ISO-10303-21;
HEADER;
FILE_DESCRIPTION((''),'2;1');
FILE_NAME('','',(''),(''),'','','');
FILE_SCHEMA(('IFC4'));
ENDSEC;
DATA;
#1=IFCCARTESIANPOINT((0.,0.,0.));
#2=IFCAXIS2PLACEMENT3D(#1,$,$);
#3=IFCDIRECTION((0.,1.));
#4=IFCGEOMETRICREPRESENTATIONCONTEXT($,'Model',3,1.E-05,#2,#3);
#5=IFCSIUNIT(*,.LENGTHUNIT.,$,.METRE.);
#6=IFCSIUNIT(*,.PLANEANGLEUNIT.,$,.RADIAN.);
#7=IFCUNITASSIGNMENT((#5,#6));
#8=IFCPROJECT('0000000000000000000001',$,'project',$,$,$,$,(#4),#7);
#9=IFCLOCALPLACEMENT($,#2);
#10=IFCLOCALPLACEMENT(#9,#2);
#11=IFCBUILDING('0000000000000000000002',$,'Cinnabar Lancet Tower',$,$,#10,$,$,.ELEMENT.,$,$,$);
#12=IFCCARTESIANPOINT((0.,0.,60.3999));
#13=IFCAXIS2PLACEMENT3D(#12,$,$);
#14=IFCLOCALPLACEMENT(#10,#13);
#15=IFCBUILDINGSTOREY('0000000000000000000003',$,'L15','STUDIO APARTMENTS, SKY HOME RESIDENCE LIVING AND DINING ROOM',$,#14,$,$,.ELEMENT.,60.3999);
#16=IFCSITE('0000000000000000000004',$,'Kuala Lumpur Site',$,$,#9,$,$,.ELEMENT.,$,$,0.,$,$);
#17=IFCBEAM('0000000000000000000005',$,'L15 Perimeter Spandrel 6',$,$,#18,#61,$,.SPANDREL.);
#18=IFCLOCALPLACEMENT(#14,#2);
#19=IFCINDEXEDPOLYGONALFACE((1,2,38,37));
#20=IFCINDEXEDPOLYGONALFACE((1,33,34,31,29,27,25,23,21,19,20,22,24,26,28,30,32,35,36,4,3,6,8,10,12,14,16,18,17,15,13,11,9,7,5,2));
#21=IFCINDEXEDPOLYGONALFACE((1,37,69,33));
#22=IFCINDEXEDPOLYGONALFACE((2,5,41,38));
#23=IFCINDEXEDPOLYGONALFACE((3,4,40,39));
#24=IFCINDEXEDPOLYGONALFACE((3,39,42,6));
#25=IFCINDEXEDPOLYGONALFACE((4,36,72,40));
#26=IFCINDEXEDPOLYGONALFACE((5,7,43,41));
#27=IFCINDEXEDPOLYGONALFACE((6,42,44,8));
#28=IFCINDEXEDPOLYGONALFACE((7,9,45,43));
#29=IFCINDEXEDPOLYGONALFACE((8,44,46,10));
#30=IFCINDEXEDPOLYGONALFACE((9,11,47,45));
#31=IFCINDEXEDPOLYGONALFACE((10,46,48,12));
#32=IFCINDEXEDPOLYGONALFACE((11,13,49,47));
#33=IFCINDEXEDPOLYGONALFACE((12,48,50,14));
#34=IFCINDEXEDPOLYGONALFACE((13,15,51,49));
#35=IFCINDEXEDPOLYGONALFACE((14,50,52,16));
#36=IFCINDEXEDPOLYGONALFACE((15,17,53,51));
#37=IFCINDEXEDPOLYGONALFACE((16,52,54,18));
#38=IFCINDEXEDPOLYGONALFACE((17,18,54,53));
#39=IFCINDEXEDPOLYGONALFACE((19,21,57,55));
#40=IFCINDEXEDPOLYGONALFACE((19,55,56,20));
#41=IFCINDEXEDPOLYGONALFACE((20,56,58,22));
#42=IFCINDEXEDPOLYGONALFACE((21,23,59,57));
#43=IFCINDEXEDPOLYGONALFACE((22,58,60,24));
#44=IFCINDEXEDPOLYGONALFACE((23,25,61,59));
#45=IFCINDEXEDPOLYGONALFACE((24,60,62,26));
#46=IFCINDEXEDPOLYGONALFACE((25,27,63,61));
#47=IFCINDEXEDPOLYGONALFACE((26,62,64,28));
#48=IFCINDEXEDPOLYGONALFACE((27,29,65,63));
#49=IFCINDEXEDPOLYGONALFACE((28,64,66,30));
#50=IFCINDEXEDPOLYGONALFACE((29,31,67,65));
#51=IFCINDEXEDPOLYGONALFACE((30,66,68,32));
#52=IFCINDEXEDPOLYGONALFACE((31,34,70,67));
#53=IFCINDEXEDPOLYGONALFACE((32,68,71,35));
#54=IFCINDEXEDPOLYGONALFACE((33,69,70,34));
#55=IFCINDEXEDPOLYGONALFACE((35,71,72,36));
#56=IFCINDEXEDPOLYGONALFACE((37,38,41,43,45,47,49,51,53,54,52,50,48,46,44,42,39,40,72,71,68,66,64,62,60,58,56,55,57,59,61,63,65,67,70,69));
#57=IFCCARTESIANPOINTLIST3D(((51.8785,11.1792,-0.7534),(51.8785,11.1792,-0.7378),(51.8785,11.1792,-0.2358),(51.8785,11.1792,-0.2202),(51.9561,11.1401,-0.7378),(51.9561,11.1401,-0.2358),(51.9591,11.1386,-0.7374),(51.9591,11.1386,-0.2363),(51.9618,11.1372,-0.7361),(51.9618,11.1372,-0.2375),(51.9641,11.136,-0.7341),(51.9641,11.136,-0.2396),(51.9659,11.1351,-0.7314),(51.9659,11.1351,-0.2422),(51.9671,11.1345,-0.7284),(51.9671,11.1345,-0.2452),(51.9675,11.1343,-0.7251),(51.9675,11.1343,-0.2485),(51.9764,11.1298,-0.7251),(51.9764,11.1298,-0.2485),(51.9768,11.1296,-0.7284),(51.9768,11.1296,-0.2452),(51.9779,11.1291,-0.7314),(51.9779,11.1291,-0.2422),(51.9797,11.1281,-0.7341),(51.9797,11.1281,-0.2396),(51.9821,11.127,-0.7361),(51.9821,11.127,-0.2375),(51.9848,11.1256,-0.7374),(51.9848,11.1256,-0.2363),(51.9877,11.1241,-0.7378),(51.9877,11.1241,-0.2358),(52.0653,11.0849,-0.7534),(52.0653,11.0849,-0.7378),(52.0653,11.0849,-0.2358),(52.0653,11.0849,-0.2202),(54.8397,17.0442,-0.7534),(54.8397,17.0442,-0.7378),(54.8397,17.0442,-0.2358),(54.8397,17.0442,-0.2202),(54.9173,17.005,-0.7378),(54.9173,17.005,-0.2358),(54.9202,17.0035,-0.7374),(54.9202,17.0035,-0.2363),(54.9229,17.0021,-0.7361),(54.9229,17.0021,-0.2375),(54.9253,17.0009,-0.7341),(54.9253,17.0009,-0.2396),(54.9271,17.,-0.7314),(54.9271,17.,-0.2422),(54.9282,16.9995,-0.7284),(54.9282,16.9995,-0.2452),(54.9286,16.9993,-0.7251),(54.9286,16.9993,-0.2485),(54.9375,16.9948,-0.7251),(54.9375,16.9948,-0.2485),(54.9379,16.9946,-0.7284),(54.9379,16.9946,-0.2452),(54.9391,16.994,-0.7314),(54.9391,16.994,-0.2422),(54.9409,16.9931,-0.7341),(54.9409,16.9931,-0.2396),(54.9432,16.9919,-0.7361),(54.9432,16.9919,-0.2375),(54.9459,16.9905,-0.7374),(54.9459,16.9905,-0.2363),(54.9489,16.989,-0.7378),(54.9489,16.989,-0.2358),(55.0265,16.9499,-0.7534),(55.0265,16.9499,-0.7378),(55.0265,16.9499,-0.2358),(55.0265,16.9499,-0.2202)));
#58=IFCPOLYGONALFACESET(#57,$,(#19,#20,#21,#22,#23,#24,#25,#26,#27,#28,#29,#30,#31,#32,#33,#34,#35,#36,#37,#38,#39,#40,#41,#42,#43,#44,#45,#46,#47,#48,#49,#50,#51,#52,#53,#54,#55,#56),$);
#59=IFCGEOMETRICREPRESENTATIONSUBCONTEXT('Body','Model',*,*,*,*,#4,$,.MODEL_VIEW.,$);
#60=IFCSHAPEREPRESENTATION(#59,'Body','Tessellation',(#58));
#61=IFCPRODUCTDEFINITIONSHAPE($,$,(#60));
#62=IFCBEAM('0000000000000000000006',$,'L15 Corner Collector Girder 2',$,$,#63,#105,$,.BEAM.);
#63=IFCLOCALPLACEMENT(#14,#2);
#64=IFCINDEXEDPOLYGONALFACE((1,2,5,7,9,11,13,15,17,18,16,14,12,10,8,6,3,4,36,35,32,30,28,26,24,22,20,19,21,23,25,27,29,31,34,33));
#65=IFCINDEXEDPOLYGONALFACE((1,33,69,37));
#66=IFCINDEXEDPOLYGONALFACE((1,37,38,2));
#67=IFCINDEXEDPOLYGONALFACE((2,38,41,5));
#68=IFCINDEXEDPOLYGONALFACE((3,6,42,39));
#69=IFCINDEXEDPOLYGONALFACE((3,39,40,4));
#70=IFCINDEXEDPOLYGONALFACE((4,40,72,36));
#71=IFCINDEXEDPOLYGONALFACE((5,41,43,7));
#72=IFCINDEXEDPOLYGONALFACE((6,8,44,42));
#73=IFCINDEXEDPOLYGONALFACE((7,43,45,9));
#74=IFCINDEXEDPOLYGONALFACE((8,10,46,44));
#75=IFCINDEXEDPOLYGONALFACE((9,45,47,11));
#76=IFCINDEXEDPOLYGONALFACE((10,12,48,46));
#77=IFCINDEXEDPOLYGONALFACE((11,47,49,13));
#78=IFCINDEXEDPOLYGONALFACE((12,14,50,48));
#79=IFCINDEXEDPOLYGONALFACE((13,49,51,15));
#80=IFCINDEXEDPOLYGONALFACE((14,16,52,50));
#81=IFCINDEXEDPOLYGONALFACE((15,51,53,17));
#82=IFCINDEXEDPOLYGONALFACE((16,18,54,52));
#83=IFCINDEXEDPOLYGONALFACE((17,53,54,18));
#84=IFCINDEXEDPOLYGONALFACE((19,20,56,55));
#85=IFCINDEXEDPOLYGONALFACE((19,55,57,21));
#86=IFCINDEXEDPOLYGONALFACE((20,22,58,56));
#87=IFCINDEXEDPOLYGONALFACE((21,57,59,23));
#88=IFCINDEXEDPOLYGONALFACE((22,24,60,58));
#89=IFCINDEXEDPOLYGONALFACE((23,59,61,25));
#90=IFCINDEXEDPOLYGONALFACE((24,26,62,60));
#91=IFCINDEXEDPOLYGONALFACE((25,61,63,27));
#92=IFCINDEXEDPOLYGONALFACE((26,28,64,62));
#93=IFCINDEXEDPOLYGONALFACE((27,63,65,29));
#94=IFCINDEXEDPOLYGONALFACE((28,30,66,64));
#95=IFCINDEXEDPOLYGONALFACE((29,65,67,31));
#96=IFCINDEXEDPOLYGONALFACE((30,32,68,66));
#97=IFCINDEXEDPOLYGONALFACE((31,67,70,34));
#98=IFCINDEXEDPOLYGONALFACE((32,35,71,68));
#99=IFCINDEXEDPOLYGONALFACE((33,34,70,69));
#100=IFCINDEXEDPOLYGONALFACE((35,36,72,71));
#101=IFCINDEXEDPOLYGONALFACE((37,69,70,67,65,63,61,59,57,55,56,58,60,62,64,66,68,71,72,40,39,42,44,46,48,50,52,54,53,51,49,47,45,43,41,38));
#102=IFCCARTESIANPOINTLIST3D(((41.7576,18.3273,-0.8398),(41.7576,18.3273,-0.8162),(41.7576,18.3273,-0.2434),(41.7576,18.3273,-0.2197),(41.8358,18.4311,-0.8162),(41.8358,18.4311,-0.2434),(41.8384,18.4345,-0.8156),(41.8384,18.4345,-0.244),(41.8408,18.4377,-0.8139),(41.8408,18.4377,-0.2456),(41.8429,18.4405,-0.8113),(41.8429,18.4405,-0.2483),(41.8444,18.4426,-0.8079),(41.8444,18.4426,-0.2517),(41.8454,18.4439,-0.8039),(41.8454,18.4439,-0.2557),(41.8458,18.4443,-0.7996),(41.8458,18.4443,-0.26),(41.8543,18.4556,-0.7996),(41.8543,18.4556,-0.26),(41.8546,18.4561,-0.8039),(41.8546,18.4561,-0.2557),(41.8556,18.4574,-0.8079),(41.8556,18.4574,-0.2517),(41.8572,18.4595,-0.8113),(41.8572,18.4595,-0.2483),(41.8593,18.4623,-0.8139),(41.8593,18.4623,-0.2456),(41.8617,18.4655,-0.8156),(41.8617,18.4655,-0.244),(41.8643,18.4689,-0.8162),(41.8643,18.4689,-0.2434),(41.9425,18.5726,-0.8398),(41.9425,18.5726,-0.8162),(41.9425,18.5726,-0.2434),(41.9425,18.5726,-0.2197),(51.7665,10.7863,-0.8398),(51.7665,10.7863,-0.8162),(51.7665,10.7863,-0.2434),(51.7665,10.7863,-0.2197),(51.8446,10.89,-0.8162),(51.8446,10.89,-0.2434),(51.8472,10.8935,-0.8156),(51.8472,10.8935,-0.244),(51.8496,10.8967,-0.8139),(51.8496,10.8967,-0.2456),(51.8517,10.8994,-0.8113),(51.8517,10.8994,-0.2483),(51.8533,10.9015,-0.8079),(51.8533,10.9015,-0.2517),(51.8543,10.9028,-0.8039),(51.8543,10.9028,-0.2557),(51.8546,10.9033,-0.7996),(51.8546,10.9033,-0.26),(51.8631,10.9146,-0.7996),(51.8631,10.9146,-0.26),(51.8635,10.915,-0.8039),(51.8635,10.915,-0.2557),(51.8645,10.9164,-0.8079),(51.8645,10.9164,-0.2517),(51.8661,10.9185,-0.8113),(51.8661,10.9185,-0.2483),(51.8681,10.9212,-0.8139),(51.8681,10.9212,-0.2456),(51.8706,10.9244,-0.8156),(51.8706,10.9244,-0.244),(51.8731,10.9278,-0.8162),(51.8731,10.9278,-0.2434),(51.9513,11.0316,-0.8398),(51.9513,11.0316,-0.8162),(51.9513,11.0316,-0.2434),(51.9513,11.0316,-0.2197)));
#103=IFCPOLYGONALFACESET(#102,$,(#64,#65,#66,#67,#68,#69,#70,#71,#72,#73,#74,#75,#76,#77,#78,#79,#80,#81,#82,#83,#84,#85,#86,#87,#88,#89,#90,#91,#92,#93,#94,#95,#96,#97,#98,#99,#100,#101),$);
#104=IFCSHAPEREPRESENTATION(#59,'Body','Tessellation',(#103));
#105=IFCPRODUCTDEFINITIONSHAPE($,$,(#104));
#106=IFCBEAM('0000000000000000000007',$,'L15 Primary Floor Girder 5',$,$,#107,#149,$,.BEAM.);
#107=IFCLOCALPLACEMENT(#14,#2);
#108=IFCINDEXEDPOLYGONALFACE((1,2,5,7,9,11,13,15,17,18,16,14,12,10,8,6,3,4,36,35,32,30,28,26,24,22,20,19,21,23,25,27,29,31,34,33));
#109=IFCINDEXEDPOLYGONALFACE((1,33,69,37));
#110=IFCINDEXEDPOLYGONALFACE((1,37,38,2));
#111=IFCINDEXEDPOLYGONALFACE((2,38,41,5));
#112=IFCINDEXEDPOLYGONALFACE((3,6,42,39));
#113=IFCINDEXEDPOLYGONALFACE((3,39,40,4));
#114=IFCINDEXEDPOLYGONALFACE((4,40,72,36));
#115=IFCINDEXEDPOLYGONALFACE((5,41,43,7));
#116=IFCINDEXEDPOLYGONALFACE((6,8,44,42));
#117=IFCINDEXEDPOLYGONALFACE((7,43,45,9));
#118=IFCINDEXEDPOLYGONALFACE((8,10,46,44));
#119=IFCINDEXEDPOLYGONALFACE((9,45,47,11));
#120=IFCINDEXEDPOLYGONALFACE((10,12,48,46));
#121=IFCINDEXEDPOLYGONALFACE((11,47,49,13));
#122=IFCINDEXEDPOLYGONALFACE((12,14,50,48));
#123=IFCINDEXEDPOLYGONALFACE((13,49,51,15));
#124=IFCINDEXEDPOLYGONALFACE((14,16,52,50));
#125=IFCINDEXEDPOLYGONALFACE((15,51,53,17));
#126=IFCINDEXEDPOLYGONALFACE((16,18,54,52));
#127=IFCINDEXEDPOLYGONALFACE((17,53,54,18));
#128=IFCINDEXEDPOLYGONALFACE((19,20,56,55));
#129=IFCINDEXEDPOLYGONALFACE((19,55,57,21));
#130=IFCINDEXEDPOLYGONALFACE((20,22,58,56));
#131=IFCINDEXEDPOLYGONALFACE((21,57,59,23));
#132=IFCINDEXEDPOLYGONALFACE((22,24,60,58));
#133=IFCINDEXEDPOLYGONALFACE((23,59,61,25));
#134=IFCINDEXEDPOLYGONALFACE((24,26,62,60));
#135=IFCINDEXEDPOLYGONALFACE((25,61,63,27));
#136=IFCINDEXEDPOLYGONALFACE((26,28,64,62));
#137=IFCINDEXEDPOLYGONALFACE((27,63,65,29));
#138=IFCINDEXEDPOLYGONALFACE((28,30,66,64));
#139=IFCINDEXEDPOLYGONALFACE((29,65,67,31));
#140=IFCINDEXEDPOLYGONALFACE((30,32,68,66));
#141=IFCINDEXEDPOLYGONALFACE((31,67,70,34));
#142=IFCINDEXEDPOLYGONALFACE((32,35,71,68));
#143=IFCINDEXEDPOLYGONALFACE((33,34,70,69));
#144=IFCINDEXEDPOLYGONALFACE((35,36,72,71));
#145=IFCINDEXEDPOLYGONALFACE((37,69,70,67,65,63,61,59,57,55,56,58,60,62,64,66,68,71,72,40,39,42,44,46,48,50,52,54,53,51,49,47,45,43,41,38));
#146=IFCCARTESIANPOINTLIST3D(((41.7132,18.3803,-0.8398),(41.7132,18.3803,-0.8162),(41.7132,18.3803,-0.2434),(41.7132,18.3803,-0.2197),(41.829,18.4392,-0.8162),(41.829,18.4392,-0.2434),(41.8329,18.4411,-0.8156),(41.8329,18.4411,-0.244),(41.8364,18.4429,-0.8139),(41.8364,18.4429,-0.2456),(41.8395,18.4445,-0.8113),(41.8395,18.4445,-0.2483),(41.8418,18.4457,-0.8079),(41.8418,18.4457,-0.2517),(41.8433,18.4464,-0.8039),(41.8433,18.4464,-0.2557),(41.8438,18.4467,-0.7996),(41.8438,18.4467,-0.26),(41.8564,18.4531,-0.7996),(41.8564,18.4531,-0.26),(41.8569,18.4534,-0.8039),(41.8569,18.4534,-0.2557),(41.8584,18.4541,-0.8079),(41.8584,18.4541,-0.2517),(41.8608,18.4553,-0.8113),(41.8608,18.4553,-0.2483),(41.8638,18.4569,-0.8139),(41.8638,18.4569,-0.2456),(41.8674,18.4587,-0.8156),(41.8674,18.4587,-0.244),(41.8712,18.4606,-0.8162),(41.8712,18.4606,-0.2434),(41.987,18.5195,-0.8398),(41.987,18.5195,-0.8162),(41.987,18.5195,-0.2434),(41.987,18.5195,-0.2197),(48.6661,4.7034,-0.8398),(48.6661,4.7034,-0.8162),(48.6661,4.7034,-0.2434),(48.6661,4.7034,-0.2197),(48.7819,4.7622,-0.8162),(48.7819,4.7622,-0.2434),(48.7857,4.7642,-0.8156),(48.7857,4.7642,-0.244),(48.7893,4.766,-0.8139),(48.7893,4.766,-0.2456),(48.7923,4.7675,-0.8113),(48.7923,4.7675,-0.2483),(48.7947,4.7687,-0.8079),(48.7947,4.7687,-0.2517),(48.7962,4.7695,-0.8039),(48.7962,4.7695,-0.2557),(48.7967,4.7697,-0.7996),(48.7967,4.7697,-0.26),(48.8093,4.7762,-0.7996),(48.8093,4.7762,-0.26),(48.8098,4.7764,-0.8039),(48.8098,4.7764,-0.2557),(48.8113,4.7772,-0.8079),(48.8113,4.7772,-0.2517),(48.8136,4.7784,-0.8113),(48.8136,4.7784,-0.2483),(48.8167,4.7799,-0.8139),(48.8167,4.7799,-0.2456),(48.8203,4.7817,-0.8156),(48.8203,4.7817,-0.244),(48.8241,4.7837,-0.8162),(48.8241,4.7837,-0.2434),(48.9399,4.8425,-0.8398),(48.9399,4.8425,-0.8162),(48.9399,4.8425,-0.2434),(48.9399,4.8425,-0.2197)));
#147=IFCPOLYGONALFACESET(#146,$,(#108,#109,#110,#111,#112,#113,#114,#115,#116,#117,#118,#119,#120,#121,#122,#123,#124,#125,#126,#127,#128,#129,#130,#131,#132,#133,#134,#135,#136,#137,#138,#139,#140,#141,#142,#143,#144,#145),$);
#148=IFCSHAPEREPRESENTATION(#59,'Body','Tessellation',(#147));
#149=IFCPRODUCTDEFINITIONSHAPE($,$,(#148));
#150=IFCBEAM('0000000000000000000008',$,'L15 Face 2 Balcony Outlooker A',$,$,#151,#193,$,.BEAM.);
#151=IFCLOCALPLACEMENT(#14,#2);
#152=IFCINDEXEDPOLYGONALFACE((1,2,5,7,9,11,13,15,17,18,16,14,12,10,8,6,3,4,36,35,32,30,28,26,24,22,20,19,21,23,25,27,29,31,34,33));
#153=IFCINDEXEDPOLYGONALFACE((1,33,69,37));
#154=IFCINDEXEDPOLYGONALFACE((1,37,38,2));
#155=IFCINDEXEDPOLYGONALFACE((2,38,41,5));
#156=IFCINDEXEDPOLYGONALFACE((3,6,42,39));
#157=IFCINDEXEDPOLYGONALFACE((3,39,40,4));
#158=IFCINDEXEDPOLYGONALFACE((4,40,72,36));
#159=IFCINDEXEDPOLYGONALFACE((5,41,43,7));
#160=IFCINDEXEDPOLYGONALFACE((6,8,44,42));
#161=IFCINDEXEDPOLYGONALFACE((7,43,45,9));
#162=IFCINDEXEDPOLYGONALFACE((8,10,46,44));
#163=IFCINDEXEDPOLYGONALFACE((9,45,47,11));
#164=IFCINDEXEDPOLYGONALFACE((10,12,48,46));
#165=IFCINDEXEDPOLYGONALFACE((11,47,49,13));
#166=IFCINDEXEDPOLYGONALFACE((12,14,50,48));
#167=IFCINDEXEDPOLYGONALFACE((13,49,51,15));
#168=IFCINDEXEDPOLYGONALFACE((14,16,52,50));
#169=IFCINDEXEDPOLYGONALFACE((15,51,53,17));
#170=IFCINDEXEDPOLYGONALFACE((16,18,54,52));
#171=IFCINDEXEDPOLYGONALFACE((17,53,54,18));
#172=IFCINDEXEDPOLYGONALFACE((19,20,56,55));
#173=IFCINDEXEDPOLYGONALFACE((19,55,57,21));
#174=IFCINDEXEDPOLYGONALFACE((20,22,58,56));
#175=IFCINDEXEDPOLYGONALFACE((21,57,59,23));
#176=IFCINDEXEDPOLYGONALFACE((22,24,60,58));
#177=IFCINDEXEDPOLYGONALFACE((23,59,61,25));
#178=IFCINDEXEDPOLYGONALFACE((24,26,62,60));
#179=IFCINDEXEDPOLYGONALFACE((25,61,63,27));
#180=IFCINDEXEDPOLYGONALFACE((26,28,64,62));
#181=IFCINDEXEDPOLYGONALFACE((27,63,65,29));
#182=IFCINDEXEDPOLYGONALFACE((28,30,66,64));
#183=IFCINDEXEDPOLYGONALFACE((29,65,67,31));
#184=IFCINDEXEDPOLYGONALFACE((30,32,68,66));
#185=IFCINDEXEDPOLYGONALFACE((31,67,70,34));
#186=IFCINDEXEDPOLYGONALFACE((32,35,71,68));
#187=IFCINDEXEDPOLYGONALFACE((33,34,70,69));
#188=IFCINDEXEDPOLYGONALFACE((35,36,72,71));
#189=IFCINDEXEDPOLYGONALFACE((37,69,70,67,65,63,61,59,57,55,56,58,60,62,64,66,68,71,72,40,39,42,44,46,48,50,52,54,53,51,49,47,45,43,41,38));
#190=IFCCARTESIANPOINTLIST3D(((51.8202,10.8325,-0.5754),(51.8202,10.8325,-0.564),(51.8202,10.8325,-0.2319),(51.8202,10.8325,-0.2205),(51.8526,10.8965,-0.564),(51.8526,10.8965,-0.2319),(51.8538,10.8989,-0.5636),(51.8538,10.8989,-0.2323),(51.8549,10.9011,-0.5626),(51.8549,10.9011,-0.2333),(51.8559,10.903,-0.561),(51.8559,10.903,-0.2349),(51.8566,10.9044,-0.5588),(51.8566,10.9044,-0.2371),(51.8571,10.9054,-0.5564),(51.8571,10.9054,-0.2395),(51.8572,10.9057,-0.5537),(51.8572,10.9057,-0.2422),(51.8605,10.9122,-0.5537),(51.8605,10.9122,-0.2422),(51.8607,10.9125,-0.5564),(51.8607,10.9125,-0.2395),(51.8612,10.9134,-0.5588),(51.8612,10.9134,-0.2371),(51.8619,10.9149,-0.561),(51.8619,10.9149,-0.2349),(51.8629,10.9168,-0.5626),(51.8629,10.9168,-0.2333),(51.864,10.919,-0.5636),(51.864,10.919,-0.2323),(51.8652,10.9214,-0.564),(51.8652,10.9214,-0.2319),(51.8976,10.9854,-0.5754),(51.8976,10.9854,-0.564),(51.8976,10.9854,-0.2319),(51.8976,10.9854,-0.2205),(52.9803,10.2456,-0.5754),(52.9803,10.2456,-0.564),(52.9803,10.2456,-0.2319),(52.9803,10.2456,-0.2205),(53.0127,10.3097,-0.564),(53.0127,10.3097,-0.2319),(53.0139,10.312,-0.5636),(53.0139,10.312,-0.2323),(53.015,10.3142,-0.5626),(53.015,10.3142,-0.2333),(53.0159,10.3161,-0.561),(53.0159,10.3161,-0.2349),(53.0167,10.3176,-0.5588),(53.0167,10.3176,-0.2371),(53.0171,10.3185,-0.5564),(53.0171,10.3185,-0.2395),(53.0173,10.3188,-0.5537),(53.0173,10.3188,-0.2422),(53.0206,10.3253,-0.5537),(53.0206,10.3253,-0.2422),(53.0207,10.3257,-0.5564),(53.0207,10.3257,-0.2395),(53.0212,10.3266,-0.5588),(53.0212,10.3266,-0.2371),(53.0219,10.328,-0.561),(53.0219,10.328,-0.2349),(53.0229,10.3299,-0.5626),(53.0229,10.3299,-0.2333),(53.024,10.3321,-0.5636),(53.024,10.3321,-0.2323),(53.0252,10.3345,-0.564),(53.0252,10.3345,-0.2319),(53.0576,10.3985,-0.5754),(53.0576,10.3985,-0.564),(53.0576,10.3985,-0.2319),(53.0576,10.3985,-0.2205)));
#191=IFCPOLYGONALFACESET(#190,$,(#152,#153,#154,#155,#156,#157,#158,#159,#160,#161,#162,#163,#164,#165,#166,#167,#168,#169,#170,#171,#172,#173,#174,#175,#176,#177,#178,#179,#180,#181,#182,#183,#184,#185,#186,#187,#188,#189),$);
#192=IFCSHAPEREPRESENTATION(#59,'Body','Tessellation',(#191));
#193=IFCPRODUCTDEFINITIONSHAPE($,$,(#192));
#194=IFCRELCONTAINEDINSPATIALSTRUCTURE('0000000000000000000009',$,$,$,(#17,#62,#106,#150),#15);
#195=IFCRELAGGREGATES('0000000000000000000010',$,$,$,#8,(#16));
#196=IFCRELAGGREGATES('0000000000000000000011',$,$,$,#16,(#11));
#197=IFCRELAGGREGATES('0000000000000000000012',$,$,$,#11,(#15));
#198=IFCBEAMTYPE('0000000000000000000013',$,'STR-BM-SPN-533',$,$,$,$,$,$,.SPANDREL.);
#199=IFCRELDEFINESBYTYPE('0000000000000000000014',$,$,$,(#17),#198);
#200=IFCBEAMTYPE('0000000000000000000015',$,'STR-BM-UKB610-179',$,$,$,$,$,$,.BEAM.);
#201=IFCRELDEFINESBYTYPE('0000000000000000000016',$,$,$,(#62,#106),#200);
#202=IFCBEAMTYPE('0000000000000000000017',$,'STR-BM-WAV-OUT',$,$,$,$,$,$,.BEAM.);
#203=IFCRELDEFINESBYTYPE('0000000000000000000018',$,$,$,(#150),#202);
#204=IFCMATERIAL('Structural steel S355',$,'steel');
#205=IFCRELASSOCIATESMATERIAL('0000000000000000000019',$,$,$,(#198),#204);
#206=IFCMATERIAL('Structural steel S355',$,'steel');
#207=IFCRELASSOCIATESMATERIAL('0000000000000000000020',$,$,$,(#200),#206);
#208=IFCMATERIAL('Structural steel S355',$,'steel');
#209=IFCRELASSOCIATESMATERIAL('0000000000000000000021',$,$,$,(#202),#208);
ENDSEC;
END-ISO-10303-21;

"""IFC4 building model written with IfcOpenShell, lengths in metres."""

from ifc_helpers import new_model, si_unit, direction, frame, origin, origin_2d, place, context, subcontext, project, spatial, i_section, extrude, material, material_profile, profile_set, type_object, element, save


model = new_model("IFC4")

# Units and contexts
model_context = context("Model", 3, precision=1e-05, world=origin(), true_north=direction((0.0, 1.0)))
body_context = subcontext(model_context, "Body", "Model", "MODEL_VIEW")
ifc_project = project(units=[si_unit("LENGTHUNIT", "METRE"), si_unit("PLANEANGLEUNIT", "RADIAN")], contexts=[model_context])

# Site, building, storey
site_placement = place(None, origin())
site = spatial("IfcSite", under=ifc_project, at=site_placement, Name="Kuala Lumpur Site", CompositionType="ELEMENT", RefElevation=0.0)
building_placement = place(site_placement, origin())
building = spatial("IfcBuilding", under=site, at=building_placement, Name="Cinnabar Lancet Tower", CompositionType="ELEMENT")
storey_placement = place(building_placement, frame((0.0, 0.0, 60.3999)))
storey = spatial("IfcBuildingStorey", under=building, at=storey_placement, Name="L15", Description="STUDIO APARTMENTS, SKY HOME RESIDENCE LIVING AND DINING ROOM", CompositionType="ELEMENT", Elevation=60.3999)

# Beams
ifc_material_1 = material(Name="Structural steel S355", Category="steel")
ifc_material_profile_1 = material_profile(ifc_material_1, i_section(OverallWidth=0.2092, OverallDepth=0.5332, WebThickness=0.01, FlangeThickness=0.0156, FilletRadius=0.0127, at=origin_2d()), Name="UKB 533x210x92")
ifc_profile_set_1 = profile_set([ifc_material_profile_1], Name="Structural steel S355")
beam_type_1 = type_object("IfcBeamType", Name="STR-BM-SPN-533", PredefinedType="SPANDREL", material=ifc_profile_set_1)
beam_1_placement = place(storey_placement, frame((51.9719, 11.1321, -0.4868), z_axis=(0.450703, 0.892674, 0.0), x_axis=(-0.892674, 0.450703, 0.0)))
element("IfcBeam", 1, at=beam_1_placement, inside=storey, type_object=beam_type_1, Name="L15 Perimeter Spandrel 6", PredefinedType="SPANDREL", context=body_context, shape_type="SweptSolid", body=[
    extrude(i_section(OverallWidth=0.2092, OverallDepth=0.5332, WebThickness=0.01, FlangeThickness=0.0156, FilletRadius=0.0127, at=origin_2d()), origin(), (0.0, 0.0, 1.0), 6.5701),
])
ifc_material_2 = material(Name="Structural steel S355", Category="steel")
ifc_material_profile_2 = material_profile(ifc_material_2, i_section(OverallWidth=0.3071, OverallDepth=0.6201, WebThickness=0.0142, FlangeThickness=0.0237, FilletRadius=0.0166, at=origin_2d()), Name="UKB 610x305x179")
ifc_profile_set_2 = profile_set([ifc_material_profile_2], Name="Structural steel S355")
beam_type_2 = type_object("IfcBeamType", Name="STR-BM-UKB610-179", PredefinedType="BEAM", material=ifc_profile_set_2)
beam_2_placement = place(storey_placement, frame((51.8589, 10.9089, -0.5298), z_axis=(-0.79868, 0.601757, 0.0), x_axis=(-0.601757, -0.79868, 0.0)))
element("IfcBeam", 2, at=beam_2_placement, inside=storey, type_object=beam_type_2, Name="L15 Corner Collector Girder 2", PredefinedType="BEAM", context=body_context, shape_type="SweptSolid", body=[
    extrude(i_section(OverallWidth=0.3071, OverallDepth=0.6201, WebThickness=0.0142, FlangeThickness=0.0237, FilletRadius=0.0166, at=origin_2d()), origin(), (0.0, 0.0, 1.0), 12.5317),
])
beam_3_placement = place(storey_placement, frame((48.803, 4.7729, -0.5298), z_axis=(-0.453168, 0.891425, 0.0), x_axis=(-0.891425, -0.453168, 0.0)))
element("IfcBeam", 3, at=beam_3_placement, inside=storey, type_object=beam_type_2, Name="L15 Primary Floor Girder 5", PredefinedType="BEAM", context=body_context, shape_type="SweptSolid", body=[
    extrude(i_section(OverallWidth=0.3071, OverallDepth=0.6201, WebThickness=0.0142, FlangeThickness=0.0237, FilletRadius=0.0166, at=origin_2d()), origin(), (0.0, 0.0, 1.0), 15.3428),
])
ifc_material_3 = material(Name="Structural steel S355", Category="steel")
ifc_material_profile_3 = material_profile(ifc_material_3, i_section(OverallWidth=0.1714, OverallDepth=0.355, WebThickness=0.0073, FlangeThickness=0.0115, FilletRadius=0.0103, at=origin_2d()), Name="UKB 356x171x51")
ifc_profile_set_3 = profile_set([ifc_material_profile_3], Name="Structural steel S355")
beam_type_3 = type_object("IfcBeamType", Name="STR-BM-WAV-OUT", PredefinedType="BEAM", material=ifc_profile_set_3)
beam_4_placement = place(storey_placement, frame((51.8589, 10.9089, -0.3979), z_axis=(0.892314, -0.451415, 0.0), x_axis=(0.451415, 0.892314, 0.0)))
element("IfcBeam", 4, at=beam_4_placement, inside=storey, type_object=beam_type_3, Name="L15 Face 2 Balcony Outlooker A", PredefinedType="BEAM", context=body_context, shape_type="SweptSolid", body=[
    extrude(i_section(OverallWidth=0.1714, OverallDepth=0.355, WebThickness=0.0073, FlangeThickness=0.0115, FilletRadius=0.0103, at=origin_2d()), origin(), (0.0, 0.0, 1.0), 1.3),
])

save(model, "model.ifc")
